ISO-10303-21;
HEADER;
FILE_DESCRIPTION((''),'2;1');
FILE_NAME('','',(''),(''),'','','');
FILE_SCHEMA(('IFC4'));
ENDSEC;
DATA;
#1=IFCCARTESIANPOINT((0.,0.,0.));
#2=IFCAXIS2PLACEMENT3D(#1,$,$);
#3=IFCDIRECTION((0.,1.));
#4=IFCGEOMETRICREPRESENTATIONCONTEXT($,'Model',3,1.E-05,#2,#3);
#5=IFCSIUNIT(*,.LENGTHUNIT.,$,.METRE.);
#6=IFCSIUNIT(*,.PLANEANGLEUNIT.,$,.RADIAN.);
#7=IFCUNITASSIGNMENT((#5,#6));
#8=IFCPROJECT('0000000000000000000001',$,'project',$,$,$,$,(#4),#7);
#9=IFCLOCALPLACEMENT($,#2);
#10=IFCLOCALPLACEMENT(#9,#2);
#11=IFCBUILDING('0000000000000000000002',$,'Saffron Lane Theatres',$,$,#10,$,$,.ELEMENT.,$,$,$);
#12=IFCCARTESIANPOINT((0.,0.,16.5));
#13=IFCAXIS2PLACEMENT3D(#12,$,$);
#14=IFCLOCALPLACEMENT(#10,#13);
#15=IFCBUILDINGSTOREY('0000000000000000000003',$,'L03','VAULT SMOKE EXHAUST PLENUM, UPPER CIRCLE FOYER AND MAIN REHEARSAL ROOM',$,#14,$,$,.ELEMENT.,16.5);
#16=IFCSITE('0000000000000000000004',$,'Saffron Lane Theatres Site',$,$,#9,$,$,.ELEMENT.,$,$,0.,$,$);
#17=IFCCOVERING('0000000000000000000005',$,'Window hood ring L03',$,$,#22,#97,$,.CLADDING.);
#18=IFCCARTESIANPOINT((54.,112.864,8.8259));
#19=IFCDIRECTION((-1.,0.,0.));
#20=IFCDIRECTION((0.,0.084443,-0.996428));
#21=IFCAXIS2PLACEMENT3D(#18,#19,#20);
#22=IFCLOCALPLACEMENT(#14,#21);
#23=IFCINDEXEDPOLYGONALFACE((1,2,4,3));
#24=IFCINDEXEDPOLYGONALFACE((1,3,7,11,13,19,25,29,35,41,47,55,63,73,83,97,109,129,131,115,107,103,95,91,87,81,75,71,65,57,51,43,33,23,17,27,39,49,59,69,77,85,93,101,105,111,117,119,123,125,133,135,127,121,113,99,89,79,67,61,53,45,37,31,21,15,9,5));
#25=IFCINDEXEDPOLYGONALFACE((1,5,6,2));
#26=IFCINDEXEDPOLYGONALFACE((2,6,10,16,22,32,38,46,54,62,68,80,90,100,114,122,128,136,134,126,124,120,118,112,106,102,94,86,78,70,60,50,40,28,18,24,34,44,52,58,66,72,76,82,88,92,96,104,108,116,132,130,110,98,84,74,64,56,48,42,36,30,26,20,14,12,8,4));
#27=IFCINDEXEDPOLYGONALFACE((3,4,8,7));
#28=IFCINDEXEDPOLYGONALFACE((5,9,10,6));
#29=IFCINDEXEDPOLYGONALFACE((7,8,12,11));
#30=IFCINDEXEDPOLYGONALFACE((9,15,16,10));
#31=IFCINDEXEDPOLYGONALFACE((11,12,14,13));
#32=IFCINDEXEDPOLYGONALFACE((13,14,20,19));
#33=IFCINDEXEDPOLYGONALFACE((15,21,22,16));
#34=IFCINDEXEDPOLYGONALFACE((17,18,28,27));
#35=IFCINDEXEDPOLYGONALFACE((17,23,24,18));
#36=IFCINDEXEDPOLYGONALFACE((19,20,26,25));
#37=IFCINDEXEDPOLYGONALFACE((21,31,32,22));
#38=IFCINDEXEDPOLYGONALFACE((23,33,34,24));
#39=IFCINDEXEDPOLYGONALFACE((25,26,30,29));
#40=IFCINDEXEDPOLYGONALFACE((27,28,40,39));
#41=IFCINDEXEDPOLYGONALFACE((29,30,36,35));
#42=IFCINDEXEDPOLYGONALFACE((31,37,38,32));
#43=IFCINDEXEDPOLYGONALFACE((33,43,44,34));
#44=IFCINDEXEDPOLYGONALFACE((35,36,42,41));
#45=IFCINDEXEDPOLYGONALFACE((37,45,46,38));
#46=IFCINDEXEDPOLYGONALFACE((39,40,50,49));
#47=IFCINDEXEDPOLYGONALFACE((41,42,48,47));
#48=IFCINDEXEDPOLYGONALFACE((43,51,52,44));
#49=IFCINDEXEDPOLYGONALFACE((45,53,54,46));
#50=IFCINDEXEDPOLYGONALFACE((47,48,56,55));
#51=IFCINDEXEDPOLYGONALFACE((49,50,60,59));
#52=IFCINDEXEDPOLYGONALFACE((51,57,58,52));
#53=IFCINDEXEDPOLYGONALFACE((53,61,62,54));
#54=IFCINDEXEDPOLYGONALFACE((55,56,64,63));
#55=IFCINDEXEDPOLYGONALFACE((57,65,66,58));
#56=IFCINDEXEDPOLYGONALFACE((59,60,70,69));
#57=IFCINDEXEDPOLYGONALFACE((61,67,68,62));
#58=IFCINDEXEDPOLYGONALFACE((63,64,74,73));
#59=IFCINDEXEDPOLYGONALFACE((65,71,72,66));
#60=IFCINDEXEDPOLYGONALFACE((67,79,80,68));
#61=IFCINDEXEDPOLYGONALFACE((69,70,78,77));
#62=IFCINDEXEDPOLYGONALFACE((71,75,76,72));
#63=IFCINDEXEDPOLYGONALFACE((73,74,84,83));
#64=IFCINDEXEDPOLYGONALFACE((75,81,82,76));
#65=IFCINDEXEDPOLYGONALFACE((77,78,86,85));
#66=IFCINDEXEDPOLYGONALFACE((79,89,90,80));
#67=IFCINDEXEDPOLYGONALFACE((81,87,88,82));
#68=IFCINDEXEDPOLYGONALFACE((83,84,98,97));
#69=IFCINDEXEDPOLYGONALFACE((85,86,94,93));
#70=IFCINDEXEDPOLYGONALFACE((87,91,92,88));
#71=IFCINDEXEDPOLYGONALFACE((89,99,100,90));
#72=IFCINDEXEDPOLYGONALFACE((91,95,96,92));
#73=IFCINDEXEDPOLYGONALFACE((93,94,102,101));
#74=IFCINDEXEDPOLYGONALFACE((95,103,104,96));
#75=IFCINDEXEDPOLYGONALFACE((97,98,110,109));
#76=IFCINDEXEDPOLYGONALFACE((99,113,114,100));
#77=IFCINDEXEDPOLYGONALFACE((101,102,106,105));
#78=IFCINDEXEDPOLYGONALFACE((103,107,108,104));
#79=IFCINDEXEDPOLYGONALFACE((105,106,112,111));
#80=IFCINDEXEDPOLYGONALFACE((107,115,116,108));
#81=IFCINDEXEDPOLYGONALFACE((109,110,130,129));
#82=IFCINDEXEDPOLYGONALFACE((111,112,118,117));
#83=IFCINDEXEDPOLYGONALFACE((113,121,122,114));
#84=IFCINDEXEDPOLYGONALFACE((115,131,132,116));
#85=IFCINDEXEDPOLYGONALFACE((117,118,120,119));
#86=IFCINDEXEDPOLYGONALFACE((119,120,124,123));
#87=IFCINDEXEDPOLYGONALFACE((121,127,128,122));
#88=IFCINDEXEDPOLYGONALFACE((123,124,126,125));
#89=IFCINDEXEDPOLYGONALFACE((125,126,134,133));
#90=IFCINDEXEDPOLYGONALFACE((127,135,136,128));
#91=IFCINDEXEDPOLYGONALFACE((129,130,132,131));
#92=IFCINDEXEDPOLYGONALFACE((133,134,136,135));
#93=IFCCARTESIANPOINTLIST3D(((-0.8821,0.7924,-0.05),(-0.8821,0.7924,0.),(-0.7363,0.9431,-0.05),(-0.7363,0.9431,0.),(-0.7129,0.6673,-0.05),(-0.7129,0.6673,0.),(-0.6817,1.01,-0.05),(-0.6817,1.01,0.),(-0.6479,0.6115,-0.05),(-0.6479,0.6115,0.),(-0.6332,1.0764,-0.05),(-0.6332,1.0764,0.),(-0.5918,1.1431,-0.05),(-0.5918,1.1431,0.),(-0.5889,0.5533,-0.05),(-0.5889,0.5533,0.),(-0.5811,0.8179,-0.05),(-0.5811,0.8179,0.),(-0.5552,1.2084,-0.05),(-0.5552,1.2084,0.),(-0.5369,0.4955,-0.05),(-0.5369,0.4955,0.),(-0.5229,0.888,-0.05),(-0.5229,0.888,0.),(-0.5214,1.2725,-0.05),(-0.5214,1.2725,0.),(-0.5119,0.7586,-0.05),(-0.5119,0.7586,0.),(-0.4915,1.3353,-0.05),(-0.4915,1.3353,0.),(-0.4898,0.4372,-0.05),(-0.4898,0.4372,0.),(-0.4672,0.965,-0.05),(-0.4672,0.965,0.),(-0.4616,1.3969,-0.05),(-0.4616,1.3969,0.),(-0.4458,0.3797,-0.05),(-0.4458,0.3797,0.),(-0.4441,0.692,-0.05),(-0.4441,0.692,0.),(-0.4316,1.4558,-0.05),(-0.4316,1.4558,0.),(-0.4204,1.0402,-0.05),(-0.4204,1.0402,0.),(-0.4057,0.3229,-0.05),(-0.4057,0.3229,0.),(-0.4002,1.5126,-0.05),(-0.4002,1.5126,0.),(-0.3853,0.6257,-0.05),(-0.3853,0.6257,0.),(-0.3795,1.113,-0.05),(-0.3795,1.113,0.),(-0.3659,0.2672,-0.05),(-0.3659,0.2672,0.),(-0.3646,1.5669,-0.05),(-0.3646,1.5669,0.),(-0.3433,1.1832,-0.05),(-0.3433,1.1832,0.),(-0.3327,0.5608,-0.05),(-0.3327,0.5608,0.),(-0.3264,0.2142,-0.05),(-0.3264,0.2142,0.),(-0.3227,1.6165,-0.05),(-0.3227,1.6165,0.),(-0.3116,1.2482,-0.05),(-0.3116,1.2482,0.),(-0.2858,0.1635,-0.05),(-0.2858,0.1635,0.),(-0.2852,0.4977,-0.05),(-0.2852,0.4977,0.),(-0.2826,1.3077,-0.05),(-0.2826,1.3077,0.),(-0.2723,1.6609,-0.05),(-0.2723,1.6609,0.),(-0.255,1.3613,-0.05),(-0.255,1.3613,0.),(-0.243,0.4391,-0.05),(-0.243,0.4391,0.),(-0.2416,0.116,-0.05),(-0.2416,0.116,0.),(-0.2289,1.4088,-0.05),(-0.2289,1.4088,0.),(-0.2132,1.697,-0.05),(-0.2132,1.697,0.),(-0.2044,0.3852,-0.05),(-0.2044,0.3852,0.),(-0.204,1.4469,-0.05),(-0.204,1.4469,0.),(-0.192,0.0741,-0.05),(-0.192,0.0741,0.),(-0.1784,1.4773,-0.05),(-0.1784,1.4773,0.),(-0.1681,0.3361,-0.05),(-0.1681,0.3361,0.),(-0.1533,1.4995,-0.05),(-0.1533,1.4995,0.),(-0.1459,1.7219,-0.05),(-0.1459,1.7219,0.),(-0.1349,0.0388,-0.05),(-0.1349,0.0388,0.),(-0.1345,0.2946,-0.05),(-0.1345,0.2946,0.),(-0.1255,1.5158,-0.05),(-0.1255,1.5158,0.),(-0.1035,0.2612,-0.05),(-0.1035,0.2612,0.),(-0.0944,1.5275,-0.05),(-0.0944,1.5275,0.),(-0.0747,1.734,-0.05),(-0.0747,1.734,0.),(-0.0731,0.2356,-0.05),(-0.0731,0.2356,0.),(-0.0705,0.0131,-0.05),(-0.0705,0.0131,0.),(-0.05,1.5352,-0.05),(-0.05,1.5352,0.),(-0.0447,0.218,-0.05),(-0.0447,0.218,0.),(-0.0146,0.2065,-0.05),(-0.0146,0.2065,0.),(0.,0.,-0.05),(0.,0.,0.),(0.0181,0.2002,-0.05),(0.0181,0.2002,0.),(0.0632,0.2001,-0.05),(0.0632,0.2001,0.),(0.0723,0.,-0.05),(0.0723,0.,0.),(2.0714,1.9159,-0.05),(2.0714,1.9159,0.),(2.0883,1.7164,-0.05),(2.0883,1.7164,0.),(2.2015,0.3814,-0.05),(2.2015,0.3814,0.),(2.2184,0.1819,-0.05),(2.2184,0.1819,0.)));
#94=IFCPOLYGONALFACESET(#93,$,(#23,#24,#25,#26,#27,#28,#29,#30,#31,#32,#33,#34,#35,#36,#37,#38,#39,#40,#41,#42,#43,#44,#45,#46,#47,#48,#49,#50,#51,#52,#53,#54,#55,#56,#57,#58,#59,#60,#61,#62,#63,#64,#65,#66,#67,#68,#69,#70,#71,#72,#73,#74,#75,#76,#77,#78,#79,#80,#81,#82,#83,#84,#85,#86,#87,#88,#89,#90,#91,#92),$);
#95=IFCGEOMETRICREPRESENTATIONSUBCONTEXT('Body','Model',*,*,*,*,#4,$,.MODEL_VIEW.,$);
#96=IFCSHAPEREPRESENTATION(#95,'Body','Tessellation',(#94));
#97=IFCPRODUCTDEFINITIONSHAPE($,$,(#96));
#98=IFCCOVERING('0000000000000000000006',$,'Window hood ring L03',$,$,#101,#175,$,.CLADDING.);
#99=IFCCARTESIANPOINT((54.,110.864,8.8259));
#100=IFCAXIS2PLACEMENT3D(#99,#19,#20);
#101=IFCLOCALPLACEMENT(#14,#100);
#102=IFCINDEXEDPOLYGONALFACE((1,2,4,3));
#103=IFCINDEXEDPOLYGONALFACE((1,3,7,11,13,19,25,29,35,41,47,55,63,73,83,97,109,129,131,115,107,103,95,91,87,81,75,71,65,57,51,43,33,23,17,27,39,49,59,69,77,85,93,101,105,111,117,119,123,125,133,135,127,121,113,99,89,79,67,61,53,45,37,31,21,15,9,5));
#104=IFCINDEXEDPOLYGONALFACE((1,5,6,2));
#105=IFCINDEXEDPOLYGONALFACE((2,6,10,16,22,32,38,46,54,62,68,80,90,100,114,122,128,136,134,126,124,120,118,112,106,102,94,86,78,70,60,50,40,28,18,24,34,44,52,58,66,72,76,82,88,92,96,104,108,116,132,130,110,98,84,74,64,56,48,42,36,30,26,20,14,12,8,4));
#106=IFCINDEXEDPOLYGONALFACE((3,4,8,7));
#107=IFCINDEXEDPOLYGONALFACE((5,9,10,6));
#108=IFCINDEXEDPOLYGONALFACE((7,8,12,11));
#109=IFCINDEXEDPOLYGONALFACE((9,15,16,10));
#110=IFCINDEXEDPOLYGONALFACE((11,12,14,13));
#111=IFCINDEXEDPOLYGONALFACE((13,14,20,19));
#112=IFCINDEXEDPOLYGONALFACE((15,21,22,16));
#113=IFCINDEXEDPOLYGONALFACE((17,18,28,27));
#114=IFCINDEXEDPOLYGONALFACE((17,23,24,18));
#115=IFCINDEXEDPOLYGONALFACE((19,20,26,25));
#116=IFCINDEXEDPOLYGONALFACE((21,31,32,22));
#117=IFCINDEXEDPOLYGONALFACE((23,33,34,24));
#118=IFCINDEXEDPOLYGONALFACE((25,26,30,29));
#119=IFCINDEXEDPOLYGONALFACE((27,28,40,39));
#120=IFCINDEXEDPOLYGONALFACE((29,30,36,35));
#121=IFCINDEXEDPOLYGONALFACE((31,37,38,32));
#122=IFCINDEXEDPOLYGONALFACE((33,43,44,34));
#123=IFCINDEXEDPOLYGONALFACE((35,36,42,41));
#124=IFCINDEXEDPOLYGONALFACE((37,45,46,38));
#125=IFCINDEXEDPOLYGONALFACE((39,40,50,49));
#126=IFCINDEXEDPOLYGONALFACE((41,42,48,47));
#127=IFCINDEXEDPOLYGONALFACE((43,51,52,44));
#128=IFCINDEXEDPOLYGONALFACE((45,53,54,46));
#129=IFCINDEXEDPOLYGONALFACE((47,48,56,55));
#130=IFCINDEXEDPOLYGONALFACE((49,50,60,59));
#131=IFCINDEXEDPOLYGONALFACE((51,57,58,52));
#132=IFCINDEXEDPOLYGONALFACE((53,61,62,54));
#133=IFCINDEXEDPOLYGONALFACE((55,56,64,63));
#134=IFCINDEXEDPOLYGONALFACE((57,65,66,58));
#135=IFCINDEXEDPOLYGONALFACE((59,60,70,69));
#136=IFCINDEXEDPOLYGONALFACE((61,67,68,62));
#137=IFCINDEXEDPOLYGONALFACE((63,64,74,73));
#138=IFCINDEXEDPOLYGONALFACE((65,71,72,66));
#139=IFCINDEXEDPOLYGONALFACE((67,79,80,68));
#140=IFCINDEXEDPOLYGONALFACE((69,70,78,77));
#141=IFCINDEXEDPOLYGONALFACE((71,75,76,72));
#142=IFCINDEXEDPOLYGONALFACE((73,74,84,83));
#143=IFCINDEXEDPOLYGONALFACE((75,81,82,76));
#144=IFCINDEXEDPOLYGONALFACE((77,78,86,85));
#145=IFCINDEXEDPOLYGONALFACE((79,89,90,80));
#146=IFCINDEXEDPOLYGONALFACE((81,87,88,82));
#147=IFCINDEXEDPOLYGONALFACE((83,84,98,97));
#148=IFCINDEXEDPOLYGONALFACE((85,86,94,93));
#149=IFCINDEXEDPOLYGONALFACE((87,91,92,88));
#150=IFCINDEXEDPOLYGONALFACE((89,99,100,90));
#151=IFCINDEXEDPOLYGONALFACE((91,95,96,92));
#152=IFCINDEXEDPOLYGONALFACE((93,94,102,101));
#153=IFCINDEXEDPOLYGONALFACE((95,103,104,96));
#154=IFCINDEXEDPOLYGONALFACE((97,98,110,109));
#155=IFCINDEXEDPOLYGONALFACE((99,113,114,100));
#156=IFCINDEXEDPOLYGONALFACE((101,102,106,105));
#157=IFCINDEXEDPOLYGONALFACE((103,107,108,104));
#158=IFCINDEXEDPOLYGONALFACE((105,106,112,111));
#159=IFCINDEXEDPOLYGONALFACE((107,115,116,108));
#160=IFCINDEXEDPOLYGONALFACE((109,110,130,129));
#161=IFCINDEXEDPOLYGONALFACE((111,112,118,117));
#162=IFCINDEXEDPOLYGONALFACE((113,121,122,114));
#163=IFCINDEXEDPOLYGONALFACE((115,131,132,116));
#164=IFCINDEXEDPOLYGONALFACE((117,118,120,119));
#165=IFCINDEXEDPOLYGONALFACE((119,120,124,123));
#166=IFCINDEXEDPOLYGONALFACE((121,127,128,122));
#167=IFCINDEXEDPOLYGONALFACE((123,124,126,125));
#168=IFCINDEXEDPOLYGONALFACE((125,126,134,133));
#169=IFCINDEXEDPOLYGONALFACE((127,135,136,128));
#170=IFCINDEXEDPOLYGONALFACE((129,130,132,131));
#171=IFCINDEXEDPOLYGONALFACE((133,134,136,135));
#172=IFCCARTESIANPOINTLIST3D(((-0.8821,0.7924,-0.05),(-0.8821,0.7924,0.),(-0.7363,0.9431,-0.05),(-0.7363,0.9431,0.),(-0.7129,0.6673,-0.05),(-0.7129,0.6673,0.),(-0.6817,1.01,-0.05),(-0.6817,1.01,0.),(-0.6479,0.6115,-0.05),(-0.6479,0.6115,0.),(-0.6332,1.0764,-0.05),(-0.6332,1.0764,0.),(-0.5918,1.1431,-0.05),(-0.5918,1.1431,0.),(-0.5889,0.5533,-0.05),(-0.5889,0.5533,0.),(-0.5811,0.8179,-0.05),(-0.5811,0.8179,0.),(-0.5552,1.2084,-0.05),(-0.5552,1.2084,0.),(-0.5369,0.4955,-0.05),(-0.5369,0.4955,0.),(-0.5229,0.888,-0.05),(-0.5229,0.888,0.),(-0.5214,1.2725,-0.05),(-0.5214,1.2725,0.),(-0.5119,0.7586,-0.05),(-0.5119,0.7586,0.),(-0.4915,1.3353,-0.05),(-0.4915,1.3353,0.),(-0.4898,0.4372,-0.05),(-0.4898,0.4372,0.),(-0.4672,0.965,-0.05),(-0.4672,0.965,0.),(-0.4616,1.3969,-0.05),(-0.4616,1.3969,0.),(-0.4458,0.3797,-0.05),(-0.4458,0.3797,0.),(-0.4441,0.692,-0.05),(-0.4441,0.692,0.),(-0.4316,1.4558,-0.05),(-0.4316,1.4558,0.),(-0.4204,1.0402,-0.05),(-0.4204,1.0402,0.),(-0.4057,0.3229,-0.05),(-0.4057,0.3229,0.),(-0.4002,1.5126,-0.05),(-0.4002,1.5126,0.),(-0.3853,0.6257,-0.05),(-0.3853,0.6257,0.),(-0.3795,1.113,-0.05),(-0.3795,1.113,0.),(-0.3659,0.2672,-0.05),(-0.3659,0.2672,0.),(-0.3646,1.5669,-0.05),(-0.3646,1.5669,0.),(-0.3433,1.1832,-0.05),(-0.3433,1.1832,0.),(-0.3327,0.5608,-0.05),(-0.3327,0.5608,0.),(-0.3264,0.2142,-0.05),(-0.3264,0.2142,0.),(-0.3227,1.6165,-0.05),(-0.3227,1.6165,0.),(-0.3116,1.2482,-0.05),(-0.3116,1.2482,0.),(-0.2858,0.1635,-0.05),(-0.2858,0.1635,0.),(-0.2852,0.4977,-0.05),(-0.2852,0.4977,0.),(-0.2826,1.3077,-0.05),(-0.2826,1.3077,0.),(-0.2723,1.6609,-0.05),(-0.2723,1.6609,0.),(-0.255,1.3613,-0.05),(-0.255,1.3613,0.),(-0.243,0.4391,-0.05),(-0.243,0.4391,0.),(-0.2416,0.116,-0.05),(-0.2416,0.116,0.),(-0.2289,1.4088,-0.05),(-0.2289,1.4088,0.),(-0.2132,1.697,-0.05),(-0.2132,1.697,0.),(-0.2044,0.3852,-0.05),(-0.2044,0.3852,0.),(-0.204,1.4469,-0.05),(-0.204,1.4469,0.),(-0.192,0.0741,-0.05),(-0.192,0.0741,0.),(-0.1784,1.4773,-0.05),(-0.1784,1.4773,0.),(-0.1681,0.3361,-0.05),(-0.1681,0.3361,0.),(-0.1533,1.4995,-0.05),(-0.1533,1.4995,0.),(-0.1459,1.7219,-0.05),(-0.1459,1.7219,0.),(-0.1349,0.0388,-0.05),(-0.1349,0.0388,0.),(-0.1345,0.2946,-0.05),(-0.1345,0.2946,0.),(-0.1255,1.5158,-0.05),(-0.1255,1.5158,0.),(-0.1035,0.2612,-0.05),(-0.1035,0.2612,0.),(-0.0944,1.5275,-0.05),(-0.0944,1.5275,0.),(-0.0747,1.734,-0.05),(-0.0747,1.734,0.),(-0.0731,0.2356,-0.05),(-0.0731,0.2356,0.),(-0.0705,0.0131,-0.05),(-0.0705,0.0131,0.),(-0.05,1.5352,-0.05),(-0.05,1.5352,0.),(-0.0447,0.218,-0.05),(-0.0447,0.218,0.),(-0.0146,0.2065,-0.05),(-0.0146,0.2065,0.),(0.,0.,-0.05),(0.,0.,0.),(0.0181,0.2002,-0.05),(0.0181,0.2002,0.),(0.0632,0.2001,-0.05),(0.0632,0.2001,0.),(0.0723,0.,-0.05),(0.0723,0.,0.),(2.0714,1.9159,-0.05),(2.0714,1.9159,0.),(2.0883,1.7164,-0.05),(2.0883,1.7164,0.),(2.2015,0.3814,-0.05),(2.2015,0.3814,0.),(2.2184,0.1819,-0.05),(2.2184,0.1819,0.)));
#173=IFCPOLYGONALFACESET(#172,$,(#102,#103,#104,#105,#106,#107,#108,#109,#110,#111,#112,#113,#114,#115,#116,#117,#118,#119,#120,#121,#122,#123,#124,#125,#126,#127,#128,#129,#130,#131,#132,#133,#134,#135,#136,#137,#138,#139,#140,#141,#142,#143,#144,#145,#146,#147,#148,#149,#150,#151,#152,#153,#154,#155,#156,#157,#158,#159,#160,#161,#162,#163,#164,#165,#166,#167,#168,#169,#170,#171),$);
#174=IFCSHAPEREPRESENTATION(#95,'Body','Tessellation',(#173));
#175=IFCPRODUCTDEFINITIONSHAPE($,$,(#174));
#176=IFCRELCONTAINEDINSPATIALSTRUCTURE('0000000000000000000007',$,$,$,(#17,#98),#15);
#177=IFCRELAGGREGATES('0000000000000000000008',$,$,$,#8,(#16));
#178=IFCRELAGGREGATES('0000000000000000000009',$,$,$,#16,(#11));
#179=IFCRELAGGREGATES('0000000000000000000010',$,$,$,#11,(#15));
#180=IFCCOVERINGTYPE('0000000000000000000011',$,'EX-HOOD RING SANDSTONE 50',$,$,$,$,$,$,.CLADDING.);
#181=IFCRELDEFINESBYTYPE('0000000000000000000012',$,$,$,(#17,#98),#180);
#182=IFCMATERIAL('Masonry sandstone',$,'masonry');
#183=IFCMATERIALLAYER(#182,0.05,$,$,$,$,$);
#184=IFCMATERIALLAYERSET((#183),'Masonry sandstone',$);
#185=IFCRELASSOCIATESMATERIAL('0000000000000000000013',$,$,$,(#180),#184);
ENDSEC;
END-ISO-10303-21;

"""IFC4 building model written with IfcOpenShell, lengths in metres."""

from ifc_helpers import new_model, si_unit, direction, frame, origin, place, context, subcontext, project, spatial, polyline, outline, extrude, material, layer, layer_set, type_object, element, save


model = new_model("IFC4")

# Units and contexts
model_context = context("Model", 3, precision=1e-05, world=origin(), true_north=direction((0.0, 1.0)))
body_context = subcontext(model_context, "Body", "Model", "MODEL_VIEW")
ifc_project = project(units=[si_unit("LENGTHUNIT", "METRE"), si_unit("PLANEANGLEUNIT", "RADIAN")], contexts=[model_context])

# Site, building, storey
site_placement = place(None, origin())
site = spatial("IfcSite", under=ifc_project, at=site_placement, Name="Saffron Lane Theatres Site", CompositionType="ELEMENT", RefElevation=0.0)
building_placement = place(site_placement, origin())
building = spatial("IfcBuilding", under=site, at=building_placement, Name="Saffron Lane Theatres", CompositionType="ELEMENT")
storey_placement = place(building_placement, frame((0.0, 0.0, 16.5)))
storey = spatial("IfcBuildingStorey", under=building, at=storey_placement, Name="L03", Description="VAULT SMOKE EXHAUST PLENUM, UPPER CIRCLE FOYER AND MAIN REHEARSAL ROOM", CompositionType="ELEMENT", Elevation=16.5)

# Coverings
ifc_material_1 = material(Name="Masonry sandstone", Category="masonry")
ifc_layer_1 = layer(ifc_material_1, 0.05)
ifc_layer_set_1 = layer_set([ifc_layer_1], Name="Masonry sandstone")
covering_type_1 = type_object("IfcCoveringType", Name="EX-HOOD RING SANDSTONE 50", PredefinedType="CLADDING", material=ifc_layer_set_1)
covering_1_placement = place(storey_placement, frame((54.0, 112.864, 8.8259), z_axis=(-1.0, 0.0, 0.0), x_axis=(0.0, 0.084443, -0.996428)))
element("IfcCovering", 1, at=covering_1_placement, inside=storey, type_object=covering_type_1, Name="Window hood ring L03", PredefinedType="CLADDING", context=body_context, shape_type="SweptSolid", body=[
    extrude(outline(polyline([(0.0, 0.0), (0.0723, 0.0), (2.2184, 0.1819), (2.2015, 0.3814), (0.0632, 0.2001), (0.0181, 0.2002), (-0.0146, 0.2065), (-0.0447, 0.218), (-0.0731, 0.2356), (-0.1035, 0.2612), (-0.1345, 0.2946), (-0.1681, 0.3361), (-0.2044, 0.3852), (-0.243, 0.4391), (-0.2852, 0.4977), (-0.3327, 0.5608), (-0.3853, 0.6257), (-0.4441, 0.692), (-0.5119, 0.7586), (-0.5811, 0.8179), (-0.5229, 0.888), (-0.4672, 0.965), (-0.4204, 1.0402), (-0.3795, 1.113), (-0.3433, 1.1832), (-0.3116, 1.2482), (-0.2826, 1.3077), (-0.255, 1.3613), (-0.2289, 1.4088), (-0.204, 1.4469), (-0.1784, 1.4773), (-0.1533, 1.4995), (-0.1255, 1.5158), (-0.0944, 1.5275), (-0.05, 1.5352), (2.0883, 1.7164), (2.0714, 1.9159), (-0.0747, 1.734), (-0.1459, 1.7219), (-0.2132, 1.697), (-0.2723, 1.6609), (-0.3227, 1.6165), (-0.3646, 1.5669), (-0.4002, 1.5126), (-0.4316, 1.4558), (-0.4616, 1.3969), (-0.4915, 1.3353), (-0.5214, 1.2725), (-0.5552, 1.2084), (-0.5918, 1.1431), (-0.6332, 1.0764), (-0.6817, 1.01), (-0.7363, 0.9431), (-0.8821, 0.7924), (-0.7129, 0.6673), (-0.6479, 0.6115), (-0.5889, 0.5533), (-0.5369, 0.4955), (-0.4898, 0.4372), (-0.4458, 0.3797), (-0.4057, 0.3229), (-0.3659, 0.2672), (-0.3264, 0.2142), (-0.2858, 0.1635), (-0.2416, 0.116), (-0.192, 0.0741), (-0.1349, 0.0388), (-0.0705, 0.0131), (0.0, 0.0)])), origin(), (0.0, 0.0, -1.0), 0.05),
])
covering_2_placement = place(storey_placement, frame((54.0, 110.864, 8.8259), z_axis=(-1.0, 0.0, 0.0), x_axis=(0.0, 0.084443, -0.996428)))
element("IfcCovering", 2, at=covering_2_placement, inside=storey, type_object=covering_type_1, Name="Window hood ring L03", PredefinedType="CLADDING", context=body_context, shape_type="SweptSolid", body=[
    extrude(outline(polyline([(0.0, 0.0), (0.0723, 0.0), (2.2184, 0.1819), (2.2015, 0.3814), (0.0632, 0.2001), (0.0181, 0.2002), (-0.0146, 0.2065), (-0.0447, 0.218), (-0.0731, 0.2356), (-0.1035, 0.2612), (-0.1345, 0.2946), (-0.1681, 0.3361), (-0.2044, 0.3852), (-0.243, 0.4391), (-0.2852, 0.4977), (-0.3327, 0.5608), (-0.3853, 0.6257), (-0.4441, 0.692), (-0.5119, 0.7586), (-0.5811, 0.8179), (-0.5229, 0.888), (-0.4672, 0.965), (-0.4204, 1.0402), (-0.3795, 1.113), (-0.3433, 1.1832), (-0.3116, 1.2482), (-0.2826, 1.3077), (-0.255, 1.3613), (-0.2289, 1.4088), (-0.204, 1.4469), (-0.1784, 1.4773), (-0.1533, 1.4995), (-0.1255, 1.5158), (-0.0944, 1.5275), (-0.05, 1.5352), (2.0883, 1.7164), (2.0714, 1.9159), (-0.0747, 1.734), (-0.1459, 1.7219), (-0.2132, 1.697), (-0.2723, 1.6609), (-0.3227, 1.6165), (-0.3646, 1.5669), (-0.4002, 1.5126), (-0.4316, 1.4558), (-0.4616, 1.3969), (-0.4915, 1.3353), (-0.5214, 1.2725), (-0.5552, 1.2084), (-0.5918, 1.1431), (-0.6332, 1.0764), (-0.6817, 1.01), (-0.7363, 0.9431), (-0.8821, 0.7924), (-0.7129, 0.6673), (-0.6479, 0.6115), (-0.5889, 0.5533), (-0.5369, 0.4955), (-0.4898, 0.4372), (-0.4458, 0.3797), (-0.4057, 0.3229), (-0.3659, 0.2672), (-0.3264, 0.2142), (-0.2858, 0.1635), (-0.2416, 0.116), (-0.192, 0.0741), (-0.1349, 0.0388), (-0.0705, 0.0131), (0.0, 0.0)])), origin(), (0.0, 0.0, -1.0), 0.05),
])

save(model, "model.ifc")
